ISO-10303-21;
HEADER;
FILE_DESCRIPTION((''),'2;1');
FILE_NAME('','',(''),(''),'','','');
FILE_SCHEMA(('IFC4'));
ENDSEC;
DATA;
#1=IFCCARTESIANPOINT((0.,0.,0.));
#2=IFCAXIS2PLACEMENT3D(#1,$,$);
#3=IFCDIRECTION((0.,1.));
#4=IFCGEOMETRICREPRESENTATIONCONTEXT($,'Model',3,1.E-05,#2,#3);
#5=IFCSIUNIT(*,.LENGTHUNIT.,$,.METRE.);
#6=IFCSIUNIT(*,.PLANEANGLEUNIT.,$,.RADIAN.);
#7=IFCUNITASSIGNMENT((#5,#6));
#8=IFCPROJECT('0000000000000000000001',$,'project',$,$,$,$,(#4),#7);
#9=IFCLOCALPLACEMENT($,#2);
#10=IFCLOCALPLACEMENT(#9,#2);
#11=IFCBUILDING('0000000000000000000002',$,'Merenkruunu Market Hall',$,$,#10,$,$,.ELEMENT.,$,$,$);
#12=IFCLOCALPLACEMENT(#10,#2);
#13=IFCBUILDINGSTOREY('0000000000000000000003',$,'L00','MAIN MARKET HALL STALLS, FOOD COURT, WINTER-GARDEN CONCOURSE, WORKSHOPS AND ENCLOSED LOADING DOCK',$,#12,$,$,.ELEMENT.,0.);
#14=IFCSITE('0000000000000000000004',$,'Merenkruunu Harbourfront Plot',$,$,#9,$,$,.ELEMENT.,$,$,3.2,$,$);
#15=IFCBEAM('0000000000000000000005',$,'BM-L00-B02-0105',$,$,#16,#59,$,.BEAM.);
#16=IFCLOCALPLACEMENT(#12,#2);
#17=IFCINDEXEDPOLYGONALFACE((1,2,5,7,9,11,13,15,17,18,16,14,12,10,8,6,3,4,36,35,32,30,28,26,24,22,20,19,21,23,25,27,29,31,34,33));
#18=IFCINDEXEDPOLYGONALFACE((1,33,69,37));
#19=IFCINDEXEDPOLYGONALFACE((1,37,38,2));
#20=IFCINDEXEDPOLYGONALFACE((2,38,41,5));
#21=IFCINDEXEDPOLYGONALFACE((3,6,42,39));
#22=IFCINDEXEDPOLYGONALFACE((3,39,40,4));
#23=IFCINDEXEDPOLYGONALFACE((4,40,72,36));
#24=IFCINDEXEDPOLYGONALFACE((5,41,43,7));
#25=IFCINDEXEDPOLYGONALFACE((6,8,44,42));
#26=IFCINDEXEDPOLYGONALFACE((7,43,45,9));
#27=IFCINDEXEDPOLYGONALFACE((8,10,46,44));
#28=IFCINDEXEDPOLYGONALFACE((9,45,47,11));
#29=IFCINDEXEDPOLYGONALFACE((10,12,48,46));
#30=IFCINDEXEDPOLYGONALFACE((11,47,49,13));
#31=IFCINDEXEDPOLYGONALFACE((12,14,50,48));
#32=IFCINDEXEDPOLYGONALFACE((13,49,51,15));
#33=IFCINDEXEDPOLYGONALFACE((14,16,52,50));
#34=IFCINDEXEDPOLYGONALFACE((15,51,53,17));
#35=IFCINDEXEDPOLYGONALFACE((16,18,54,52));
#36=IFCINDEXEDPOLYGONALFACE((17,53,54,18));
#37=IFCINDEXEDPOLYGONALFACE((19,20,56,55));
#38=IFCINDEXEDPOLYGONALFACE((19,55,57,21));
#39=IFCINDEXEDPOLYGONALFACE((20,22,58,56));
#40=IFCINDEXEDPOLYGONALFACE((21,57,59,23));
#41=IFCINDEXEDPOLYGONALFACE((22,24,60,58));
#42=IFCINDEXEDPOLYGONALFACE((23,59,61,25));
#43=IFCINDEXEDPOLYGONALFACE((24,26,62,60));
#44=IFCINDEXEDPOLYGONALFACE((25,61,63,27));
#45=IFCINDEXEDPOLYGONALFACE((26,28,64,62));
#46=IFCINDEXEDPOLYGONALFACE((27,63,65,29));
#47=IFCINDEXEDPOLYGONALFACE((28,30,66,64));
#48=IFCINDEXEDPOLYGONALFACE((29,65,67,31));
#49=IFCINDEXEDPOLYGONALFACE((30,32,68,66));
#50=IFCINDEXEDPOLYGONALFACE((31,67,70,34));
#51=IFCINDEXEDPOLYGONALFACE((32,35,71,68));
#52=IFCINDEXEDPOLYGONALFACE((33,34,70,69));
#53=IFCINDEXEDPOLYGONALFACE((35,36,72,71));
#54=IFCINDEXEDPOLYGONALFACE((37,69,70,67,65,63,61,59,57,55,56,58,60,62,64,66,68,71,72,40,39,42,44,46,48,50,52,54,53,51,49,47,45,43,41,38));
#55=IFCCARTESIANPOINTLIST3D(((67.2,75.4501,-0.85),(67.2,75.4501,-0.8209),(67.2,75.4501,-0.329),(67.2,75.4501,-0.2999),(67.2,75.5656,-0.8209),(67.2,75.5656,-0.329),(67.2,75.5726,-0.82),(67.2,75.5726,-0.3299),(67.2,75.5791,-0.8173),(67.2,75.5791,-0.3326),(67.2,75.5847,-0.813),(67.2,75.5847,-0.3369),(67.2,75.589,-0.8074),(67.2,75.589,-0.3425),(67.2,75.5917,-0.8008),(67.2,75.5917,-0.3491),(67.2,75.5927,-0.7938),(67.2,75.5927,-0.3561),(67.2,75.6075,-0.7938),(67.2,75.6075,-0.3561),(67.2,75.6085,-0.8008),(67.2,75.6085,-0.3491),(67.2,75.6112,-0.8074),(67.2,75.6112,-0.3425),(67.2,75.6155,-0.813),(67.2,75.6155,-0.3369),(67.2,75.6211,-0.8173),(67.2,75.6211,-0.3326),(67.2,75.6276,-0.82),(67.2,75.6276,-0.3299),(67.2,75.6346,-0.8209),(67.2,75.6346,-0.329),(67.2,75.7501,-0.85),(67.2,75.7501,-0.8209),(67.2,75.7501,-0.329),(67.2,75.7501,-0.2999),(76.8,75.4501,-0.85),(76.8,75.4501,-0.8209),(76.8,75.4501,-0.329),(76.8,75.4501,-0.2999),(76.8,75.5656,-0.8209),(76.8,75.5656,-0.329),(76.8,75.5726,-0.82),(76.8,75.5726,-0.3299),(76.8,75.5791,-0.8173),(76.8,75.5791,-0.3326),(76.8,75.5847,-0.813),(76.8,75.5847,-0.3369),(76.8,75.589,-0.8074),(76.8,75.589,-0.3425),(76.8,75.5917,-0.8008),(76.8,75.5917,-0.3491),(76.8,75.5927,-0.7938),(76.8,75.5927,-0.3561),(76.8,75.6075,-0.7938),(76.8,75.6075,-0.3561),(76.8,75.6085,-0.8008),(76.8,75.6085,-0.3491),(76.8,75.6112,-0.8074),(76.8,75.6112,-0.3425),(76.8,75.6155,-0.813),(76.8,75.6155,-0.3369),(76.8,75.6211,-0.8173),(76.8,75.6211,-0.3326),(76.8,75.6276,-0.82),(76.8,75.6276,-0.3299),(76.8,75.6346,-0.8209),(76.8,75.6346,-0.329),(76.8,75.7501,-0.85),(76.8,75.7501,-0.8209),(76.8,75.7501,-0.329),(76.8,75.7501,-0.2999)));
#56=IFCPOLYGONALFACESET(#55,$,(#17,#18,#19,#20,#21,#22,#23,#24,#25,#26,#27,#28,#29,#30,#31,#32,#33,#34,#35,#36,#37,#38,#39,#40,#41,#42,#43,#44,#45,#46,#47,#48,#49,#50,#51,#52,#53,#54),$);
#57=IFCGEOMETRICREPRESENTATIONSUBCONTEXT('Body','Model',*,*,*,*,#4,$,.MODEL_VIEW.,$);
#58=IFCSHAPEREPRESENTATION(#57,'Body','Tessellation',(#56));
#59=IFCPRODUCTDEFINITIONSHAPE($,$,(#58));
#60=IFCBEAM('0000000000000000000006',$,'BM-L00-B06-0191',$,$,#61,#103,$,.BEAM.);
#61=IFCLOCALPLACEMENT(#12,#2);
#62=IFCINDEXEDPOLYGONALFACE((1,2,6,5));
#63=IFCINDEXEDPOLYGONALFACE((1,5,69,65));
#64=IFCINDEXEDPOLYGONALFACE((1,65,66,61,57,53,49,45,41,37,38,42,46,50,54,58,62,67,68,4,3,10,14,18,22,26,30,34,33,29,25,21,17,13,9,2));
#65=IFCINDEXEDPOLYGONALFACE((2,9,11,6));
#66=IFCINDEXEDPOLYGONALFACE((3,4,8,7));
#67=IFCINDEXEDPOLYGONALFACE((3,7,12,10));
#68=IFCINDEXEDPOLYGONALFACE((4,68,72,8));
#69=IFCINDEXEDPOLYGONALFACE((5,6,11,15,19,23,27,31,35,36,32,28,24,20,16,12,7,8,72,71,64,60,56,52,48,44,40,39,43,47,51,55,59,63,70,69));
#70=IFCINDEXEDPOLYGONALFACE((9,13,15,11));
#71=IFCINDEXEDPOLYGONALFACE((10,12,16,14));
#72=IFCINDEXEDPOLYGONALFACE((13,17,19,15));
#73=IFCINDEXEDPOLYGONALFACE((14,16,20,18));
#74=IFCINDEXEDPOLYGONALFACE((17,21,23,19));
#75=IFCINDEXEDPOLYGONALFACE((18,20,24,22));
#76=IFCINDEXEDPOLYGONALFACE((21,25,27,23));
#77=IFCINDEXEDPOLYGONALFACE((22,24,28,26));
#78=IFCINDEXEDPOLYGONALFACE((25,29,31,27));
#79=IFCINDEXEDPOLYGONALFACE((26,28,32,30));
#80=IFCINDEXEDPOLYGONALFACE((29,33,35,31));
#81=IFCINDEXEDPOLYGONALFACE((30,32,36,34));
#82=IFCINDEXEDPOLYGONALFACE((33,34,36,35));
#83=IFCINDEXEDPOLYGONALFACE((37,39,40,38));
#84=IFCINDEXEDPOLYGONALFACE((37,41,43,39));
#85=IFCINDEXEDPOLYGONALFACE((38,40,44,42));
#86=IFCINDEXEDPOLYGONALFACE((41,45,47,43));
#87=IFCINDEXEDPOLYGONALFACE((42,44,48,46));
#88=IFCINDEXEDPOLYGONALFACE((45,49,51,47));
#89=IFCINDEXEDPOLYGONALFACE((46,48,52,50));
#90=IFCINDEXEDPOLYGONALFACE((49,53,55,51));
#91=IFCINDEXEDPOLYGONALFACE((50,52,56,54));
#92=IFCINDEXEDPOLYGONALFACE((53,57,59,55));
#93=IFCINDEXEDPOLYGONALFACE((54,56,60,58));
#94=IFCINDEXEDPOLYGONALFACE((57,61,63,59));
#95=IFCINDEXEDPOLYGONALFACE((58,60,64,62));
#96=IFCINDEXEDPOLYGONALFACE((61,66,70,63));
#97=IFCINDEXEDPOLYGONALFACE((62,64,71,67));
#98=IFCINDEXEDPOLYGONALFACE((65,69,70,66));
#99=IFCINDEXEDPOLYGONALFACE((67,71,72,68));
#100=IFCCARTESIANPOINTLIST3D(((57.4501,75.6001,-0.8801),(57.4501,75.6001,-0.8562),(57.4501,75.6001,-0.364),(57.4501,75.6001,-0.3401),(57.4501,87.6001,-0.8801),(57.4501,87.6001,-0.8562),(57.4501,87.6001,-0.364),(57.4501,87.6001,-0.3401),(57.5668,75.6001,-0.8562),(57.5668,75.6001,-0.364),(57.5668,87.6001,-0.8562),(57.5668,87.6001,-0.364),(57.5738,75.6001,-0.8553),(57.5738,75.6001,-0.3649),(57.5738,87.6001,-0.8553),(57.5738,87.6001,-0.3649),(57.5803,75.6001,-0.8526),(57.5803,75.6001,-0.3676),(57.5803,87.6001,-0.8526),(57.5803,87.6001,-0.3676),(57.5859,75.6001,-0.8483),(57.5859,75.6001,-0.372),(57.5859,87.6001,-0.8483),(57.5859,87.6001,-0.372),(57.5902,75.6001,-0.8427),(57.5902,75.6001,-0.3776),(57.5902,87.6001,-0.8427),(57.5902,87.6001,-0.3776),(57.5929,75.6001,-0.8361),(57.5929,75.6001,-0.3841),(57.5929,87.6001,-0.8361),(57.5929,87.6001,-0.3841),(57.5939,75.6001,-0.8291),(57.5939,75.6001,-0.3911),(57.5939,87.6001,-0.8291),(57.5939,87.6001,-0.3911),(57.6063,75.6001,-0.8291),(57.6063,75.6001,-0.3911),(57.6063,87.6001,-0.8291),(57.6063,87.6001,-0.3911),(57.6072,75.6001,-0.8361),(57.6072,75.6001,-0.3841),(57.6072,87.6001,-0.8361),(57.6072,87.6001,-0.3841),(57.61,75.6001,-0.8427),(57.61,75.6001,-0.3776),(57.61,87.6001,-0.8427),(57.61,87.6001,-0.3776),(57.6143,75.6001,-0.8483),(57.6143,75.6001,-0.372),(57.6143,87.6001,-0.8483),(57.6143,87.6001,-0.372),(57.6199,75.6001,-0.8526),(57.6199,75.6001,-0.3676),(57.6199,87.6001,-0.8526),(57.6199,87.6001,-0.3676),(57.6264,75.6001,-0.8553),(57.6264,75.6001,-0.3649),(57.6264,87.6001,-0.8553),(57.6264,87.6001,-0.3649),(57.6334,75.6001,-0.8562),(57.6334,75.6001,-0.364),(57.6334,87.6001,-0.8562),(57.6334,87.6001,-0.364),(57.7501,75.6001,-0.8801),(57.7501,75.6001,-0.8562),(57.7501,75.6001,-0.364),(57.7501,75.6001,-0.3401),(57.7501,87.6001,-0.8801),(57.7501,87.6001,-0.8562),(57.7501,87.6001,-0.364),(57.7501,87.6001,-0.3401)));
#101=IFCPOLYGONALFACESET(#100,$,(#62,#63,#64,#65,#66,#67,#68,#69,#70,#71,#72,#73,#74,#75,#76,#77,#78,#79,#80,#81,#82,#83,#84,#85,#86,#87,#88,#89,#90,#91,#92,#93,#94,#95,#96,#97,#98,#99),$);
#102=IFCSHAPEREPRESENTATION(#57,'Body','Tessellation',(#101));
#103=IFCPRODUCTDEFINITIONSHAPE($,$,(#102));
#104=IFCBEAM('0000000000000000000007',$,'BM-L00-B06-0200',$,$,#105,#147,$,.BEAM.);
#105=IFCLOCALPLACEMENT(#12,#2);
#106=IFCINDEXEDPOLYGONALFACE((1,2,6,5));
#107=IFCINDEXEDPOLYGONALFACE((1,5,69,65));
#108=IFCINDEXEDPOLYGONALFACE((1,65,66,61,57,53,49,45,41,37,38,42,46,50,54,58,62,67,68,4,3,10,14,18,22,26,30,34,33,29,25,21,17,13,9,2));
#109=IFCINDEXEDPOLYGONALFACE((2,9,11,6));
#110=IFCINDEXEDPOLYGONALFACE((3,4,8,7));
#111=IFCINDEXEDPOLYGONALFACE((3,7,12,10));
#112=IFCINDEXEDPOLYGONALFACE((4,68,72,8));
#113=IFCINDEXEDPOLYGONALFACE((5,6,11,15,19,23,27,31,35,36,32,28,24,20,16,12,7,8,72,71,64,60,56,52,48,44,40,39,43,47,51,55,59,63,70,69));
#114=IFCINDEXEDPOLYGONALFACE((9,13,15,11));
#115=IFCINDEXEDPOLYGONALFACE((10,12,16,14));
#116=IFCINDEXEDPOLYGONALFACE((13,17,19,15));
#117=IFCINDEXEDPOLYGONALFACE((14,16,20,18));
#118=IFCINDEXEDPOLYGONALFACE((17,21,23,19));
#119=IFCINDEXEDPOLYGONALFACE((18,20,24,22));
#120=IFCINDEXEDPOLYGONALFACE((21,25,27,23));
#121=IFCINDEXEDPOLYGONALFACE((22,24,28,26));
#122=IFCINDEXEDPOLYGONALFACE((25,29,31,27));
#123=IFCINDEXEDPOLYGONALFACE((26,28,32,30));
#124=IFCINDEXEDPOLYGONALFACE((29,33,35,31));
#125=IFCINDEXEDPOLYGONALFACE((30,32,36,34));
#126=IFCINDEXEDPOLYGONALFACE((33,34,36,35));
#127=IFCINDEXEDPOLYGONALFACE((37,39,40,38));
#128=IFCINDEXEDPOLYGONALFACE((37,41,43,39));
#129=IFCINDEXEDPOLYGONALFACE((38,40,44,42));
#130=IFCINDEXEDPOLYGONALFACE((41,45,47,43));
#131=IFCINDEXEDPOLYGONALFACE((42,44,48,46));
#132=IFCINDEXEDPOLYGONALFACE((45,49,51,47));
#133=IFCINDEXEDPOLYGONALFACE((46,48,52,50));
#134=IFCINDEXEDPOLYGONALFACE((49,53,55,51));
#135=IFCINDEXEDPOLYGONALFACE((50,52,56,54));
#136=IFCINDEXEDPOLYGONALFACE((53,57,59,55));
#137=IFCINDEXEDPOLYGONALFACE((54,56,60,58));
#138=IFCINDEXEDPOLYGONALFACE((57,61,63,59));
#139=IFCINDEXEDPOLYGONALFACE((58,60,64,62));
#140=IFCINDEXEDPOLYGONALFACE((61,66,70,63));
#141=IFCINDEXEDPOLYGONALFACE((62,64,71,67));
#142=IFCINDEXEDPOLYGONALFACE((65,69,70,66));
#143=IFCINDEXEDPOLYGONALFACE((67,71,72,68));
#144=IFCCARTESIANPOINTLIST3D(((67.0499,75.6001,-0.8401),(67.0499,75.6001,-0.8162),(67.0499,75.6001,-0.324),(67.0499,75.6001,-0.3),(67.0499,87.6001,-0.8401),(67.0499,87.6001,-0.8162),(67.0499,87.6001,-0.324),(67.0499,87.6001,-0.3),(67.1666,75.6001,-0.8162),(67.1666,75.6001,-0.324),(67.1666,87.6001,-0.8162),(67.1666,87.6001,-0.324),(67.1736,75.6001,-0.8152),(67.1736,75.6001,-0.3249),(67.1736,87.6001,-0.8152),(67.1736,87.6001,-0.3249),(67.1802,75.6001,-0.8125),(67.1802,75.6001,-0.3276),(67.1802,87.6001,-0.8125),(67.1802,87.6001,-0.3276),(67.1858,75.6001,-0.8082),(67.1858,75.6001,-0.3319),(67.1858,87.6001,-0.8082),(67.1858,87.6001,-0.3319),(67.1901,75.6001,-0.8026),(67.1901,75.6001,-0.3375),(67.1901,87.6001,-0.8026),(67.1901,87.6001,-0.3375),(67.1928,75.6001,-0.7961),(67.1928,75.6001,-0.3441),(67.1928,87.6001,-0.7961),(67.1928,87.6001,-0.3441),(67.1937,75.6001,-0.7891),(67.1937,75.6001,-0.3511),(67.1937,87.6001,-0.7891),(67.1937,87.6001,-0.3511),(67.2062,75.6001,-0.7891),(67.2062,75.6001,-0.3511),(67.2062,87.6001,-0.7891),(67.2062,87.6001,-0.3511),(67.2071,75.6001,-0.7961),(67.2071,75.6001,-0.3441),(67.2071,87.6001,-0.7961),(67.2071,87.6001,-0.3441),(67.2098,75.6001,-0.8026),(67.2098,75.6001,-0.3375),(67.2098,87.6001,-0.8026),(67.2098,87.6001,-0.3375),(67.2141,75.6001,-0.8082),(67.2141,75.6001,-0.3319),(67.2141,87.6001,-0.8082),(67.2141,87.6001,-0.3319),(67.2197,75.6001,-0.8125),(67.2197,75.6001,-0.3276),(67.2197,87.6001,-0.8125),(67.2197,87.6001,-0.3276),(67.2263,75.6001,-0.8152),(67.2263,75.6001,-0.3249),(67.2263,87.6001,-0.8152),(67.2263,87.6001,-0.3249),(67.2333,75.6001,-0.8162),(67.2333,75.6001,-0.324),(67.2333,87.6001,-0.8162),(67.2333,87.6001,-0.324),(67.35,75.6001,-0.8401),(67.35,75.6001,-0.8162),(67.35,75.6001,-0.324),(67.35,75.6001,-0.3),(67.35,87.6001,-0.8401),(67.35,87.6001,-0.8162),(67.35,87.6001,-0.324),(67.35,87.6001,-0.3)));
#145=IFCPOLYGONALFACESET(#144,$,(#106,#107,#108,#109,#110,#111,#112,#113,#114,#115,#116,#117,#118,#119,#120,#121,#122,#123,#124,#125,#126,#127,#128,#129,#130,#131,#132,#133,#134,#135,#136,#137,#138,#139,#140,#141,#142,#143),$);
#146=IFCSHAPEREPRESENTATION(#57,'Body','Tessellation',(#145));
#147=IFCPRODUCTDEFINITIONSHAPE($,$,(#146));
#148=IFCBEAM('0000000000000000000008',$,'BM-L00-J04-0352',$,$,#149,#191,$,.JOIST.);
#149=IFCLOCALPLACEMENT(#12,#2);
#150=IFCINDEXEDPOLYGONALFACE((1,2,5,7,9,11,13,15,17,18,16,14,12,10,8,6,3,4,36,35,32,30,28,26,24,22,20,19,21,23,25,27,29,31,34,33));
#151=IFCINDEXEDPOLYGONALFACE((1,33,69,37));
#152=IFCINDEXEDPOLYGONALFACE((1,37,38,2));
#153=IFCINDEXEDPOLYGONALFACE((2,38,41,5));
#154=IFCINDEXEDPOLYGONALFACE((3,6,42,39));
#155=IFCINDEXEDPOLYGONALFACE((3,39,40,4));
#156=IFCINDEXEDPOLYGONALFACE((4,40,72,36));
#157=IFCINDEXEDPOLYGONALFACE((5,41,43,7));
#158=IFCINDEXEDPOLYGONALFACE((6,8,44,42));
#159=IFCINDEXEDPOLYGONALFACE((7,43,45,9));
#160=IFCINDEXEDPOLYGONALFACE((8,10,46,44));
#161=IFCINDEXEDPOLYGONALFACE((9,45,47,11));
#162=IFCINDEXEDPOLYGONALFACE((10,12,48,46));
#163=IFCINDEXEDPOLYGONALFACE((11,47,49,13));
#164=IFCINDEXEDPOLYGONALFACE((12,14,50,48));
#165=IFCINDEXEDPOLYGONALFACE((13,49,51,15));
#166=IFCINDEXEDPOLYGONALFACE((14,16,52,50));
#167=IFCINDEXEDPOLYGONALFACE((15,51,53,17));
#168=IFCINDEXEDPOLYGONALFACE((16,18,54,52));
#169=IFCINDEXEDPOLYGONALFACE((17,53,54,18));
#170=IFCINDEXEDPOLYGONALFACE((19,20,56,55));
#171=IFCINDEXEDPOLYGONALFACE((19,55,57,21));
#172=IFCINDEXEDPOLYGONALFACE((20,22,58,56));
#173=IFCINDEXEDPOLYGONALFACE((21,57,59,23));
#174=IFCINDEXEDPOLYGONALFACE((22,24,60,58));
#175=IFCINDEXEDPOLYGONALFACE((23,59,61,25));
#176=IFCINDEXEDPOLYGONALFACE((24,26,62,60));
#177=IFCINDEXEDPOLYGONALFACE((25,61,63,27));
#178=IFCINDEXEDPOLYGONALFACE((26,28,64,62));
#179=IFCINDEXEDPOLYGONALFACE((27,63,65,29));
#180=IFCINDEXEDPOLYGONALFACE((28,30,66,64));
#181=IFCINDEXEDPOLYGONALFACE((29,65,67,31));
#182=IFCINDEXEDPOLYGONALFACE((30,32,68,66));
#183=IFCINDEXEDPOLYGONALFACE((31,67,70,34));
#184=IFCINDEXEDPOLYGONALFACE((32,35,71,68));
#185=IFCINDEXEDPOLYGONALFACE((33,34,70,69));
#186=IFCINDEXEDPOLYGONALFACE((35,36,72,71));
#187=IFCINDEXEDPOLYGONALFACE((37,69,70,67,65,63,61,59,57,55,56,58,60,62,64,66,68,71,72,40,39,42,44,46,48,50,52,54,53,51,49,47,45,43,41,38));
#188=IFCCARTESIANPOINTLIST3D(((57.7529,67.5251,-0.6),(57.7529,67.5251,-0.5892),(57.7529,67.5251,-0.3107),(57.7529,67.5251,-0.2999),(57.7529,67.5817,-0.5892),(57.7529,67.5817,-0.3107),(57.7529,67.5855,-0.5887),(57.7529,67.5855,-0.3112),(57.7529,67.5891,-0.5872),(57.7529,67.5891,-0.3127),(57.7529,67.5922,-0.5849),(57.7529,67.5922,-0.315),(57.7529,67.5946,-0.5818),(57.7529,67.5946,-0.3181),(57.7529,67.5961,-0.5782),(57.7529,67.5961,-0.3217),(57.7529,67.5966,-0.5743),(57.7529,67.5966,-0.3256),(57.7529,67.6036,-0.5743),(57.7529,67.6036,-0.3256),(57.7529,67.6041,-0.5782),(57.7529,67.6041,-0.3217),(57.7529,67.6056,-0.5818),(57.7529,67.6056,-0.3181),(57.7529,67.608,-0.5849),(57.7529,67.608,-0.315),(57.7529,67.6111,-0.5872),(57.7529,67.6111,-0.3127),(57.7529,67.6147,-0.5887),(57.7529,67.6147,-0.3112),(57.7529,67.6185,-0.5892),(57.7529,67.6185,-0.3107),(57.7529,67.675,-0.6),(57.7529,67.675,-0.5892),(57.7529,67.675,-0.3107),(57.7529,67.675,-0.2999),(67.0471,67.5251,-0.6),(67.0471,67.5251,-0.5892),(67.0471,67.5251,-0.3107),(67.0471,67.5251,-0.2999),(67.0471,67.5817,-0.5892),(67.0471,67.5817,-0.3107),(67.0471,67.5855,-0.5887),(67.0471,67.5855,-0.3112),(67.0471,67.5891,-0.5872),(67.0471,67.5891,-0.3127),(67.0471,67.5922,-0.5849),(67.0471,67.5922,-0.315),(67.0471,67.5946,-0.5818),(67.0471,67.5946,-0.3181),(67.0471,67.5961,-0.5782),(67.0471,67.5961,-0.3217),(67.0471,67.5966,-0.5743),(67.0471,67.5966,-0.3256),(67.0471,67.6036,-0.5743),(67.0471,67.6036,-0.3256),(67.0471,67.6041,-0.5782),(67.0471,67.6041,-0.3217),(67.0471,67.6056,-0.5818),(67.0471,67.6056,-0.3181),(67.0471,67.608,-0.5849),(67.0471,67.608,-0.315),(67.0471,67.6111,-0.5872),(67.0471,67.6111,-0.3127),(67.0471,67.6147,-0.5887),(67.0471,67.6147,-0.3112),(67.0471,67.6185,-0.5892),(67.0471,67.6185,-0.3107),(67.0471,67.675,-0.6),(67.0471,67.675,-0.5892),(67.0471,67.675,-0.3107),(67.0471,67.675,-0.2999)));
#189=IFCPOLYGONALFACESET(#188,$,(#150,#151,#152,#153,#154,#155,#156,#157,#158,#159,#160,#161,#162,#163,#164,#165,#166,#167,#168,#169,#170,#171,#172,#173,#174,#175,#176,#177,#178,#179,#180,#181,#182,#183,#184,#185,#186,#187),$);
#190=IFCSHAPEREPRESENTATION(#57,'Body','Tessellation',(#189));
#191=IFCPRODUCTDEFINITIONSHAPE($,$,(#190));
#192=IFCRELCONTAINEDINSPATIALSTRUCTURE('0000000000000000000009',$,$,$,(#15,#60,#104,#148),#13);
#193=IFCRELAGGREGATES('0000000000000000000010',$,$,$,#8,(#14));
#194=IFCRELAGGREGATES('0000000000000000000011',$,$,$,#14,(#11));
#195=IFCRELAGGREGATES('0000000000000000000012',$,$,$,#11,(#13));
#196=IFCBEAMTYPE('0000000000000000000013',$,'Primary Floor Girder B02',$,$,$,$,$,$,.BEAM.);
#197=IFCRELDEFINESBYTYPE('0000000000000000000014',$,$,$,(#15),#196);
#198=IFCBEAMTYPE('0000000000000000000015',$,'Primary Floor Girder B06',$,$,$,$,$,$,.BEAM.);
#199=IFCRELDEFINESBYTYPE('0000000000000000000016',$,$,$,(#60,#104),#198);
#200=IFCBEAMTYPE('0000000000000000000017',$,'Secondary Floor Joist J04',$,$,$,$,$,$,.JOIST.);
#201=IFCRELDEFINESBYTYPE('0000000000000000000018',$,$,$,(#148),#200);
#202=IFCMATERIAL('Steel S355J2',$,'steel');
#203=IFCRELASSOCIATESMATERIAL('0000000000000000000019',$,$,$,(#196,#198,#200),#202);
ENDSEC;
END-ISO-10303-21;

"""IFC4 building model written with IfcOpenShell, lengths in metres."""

from ifc_helpers import new_model, si_unit, direction, frame, origin, origin_2d, place, context, subcontext, project, spatial, i_section, extrude, material, material_profile, profile_set, type_object, element, save


model = new_model("IFC4")

# Units and contexts
model_context = context("Model", 3, precision=1e-05, world=origin(), true_north=direction((0.0, 1.0)))
body_context = subcontext(model_context, "Body", "Model", "MODEL_VIEW")
ifc_project = project(units=[si_unit("LENGTHUNIT", "METRE"), si_unit("PLANEANGLEUNIT", "RADIAN")], contexts=[model_context])

# Site, building, storey
site_placement = place(None, origin())
site = spatial("IfcSite", under=ifc_project, at=site_placement, Name="Merenkruunu Harbourfront Plot", CompositionType="ELEMENT", RefElevation=3.2)
building_placement = place(site_placement, origin())
building = spatial("IfcBuilding", under=site, at=building_placement, Name="Merenkruunu Market Hall", CompositionType="ELEMENT")
storey_placement = place(building_placement, origin())
storey = spatial("IfcBuildingStorey", under=building, at=storey_placement, Name="L00", Description="MAIN MARKET HALL STALLS, FOOD COURT, WINTER-GARDEN CONCOURSE, WORKSHOPS AND ENCLOSED LOADING DOCK", CompositionType="ELEMENT", Elevation=0.0)

# Beams
ifc_material_1 = material(Name="Steel S355J2", Category="steel")
ifc_material_profile_1 = material_profile(ifc_material_1, i_section(OverallWidth=0.3, OverallDepth=0.55, WebThickness=0.0149, FlangeThickness=0.0291, FilletRadius=0.0271, at=origin_2d()), Name="HEB 550")
ifc_profile_set_1 = profile_set([ifc_material_profile_1], Name="Steel S355J2")
beam_type_1 = type_object("IfcBeamType", Name="Primary Floor Girder B02", PredefinedType="BEAM", material=ifc_profile_set_1)
beam_placement = place(storey_placement, frame((67.2, 75.6001, -0.575), z_axis=(1.0, 0.0, 0.0), x_axis=(0.0, 1.0, 0.0)))
element("IfcBeam", 1, at=beam_placement, inside=storey, type_object=beam_type_1, Name="BM-L00-B02-0105", PredefinedType="BEAM", context=body_context, shape_type="SweptSolid", body=[
    extrude(i_section(OverallWidth=0.3, OverallDepth=0.55, WebThickness=0.0149, FlangeThickness=0.0291, FilletRadius=0.0271, at=origin_2d()), origin(), (0.0, 0.0, 1.0), 9.6001),
])
ifc_material_profile_2 = material_profile(ifc_material_1, i_section(OverallWidth=0.3, OverallDepth=0.54, WebThickness=0.0125, FlangeThickness=0.0239, FilletRadius=0.0271, at=origin_2d()), Name="HEA 550")
ifc_profile_set_2 = profile_set([ifc_material_profile_2], Name="Steel S355J2")
beam_type_2 = type_object("IfcBeamType", Name="Primary Floor Girder B06", PredefinedType="BEAM", material=ifc_profile_set_2)
for number, where, z_axis, x_axis, name in (
    (2, (57.6001, 75.6001, -0.6101), (0.0, 1.0, 0.0), (-1.0, 0.0, 0.0), "BM-L00-B06-0191"),
    (3, (67.2, 75.6001, -0.5701), (0.0, 1.0, 0.0), (-1.0, 0.0, 0.0), "BM-L00-B06-0200"),
):
    element("IfcBeam", number, at=place(storey_placement, frame(where, z_axis=z_axis, x_axis=x_axis)), inside=storey, type_object=beam_type_2, Name=name, PredefinedType="BEAM", context=body_context, shape_type="SweptSolid", body=[
        extrude(i_section(OverallWidth=0.3, OverallDepth=0.54, WebThickness=0.0125, FlangeThickness=0.0239, FilletRadius=0.0271, at=origin_2d()), origin(), (0.0, 0.0, 1.0), 12.0),
    ])
ifc_material_profile_3 = material_profile(ifc_material_1, i_section(OverallWidth=0.1499, OverallDepth=0.3, WebThickness=0.0071, FlangeThickness=0.0107, FilletRadius=0.0149, at=origin_2d()), Name="IPE 300")
ifc_profile_set_3 = profile_set([ifc_material_profile_3], Name="Steel S355J2")
beam_type_3 = type_object("IfcBeamType", Name="Secondary Floor Joist J04", PredefinedType="JOIST", material=ifc_profile_set_3)
for number, where, z_axis, x_axis, name in (
    (4, (57.7529, 67.6001, -0.45), (1.0, 0.0, 0.0), (0.0, 1.0, 0.0), "BM-L00-J04-0352"),
):
    element("IfcBeam", number, at=place(storey_placement, frame(where, z_axis=z_axis, x_axis=x_axis)), inside=storey, type_object=beam_type_3, Name=name, PredefinedType="JOIST", context=body_context, shape_type="SweptSolid", body=[
        extrude(i_section(OverallWidth=0.1499, OverallDepth=0.3, WebThickness=0.0071, FlangeThickness=0.0107, FilletRadius=0.0149, at=origin_2d()), origin(), (0.0, 0.0, 1.0), 9.2942),
    ])

save(model, "model.ifc")
